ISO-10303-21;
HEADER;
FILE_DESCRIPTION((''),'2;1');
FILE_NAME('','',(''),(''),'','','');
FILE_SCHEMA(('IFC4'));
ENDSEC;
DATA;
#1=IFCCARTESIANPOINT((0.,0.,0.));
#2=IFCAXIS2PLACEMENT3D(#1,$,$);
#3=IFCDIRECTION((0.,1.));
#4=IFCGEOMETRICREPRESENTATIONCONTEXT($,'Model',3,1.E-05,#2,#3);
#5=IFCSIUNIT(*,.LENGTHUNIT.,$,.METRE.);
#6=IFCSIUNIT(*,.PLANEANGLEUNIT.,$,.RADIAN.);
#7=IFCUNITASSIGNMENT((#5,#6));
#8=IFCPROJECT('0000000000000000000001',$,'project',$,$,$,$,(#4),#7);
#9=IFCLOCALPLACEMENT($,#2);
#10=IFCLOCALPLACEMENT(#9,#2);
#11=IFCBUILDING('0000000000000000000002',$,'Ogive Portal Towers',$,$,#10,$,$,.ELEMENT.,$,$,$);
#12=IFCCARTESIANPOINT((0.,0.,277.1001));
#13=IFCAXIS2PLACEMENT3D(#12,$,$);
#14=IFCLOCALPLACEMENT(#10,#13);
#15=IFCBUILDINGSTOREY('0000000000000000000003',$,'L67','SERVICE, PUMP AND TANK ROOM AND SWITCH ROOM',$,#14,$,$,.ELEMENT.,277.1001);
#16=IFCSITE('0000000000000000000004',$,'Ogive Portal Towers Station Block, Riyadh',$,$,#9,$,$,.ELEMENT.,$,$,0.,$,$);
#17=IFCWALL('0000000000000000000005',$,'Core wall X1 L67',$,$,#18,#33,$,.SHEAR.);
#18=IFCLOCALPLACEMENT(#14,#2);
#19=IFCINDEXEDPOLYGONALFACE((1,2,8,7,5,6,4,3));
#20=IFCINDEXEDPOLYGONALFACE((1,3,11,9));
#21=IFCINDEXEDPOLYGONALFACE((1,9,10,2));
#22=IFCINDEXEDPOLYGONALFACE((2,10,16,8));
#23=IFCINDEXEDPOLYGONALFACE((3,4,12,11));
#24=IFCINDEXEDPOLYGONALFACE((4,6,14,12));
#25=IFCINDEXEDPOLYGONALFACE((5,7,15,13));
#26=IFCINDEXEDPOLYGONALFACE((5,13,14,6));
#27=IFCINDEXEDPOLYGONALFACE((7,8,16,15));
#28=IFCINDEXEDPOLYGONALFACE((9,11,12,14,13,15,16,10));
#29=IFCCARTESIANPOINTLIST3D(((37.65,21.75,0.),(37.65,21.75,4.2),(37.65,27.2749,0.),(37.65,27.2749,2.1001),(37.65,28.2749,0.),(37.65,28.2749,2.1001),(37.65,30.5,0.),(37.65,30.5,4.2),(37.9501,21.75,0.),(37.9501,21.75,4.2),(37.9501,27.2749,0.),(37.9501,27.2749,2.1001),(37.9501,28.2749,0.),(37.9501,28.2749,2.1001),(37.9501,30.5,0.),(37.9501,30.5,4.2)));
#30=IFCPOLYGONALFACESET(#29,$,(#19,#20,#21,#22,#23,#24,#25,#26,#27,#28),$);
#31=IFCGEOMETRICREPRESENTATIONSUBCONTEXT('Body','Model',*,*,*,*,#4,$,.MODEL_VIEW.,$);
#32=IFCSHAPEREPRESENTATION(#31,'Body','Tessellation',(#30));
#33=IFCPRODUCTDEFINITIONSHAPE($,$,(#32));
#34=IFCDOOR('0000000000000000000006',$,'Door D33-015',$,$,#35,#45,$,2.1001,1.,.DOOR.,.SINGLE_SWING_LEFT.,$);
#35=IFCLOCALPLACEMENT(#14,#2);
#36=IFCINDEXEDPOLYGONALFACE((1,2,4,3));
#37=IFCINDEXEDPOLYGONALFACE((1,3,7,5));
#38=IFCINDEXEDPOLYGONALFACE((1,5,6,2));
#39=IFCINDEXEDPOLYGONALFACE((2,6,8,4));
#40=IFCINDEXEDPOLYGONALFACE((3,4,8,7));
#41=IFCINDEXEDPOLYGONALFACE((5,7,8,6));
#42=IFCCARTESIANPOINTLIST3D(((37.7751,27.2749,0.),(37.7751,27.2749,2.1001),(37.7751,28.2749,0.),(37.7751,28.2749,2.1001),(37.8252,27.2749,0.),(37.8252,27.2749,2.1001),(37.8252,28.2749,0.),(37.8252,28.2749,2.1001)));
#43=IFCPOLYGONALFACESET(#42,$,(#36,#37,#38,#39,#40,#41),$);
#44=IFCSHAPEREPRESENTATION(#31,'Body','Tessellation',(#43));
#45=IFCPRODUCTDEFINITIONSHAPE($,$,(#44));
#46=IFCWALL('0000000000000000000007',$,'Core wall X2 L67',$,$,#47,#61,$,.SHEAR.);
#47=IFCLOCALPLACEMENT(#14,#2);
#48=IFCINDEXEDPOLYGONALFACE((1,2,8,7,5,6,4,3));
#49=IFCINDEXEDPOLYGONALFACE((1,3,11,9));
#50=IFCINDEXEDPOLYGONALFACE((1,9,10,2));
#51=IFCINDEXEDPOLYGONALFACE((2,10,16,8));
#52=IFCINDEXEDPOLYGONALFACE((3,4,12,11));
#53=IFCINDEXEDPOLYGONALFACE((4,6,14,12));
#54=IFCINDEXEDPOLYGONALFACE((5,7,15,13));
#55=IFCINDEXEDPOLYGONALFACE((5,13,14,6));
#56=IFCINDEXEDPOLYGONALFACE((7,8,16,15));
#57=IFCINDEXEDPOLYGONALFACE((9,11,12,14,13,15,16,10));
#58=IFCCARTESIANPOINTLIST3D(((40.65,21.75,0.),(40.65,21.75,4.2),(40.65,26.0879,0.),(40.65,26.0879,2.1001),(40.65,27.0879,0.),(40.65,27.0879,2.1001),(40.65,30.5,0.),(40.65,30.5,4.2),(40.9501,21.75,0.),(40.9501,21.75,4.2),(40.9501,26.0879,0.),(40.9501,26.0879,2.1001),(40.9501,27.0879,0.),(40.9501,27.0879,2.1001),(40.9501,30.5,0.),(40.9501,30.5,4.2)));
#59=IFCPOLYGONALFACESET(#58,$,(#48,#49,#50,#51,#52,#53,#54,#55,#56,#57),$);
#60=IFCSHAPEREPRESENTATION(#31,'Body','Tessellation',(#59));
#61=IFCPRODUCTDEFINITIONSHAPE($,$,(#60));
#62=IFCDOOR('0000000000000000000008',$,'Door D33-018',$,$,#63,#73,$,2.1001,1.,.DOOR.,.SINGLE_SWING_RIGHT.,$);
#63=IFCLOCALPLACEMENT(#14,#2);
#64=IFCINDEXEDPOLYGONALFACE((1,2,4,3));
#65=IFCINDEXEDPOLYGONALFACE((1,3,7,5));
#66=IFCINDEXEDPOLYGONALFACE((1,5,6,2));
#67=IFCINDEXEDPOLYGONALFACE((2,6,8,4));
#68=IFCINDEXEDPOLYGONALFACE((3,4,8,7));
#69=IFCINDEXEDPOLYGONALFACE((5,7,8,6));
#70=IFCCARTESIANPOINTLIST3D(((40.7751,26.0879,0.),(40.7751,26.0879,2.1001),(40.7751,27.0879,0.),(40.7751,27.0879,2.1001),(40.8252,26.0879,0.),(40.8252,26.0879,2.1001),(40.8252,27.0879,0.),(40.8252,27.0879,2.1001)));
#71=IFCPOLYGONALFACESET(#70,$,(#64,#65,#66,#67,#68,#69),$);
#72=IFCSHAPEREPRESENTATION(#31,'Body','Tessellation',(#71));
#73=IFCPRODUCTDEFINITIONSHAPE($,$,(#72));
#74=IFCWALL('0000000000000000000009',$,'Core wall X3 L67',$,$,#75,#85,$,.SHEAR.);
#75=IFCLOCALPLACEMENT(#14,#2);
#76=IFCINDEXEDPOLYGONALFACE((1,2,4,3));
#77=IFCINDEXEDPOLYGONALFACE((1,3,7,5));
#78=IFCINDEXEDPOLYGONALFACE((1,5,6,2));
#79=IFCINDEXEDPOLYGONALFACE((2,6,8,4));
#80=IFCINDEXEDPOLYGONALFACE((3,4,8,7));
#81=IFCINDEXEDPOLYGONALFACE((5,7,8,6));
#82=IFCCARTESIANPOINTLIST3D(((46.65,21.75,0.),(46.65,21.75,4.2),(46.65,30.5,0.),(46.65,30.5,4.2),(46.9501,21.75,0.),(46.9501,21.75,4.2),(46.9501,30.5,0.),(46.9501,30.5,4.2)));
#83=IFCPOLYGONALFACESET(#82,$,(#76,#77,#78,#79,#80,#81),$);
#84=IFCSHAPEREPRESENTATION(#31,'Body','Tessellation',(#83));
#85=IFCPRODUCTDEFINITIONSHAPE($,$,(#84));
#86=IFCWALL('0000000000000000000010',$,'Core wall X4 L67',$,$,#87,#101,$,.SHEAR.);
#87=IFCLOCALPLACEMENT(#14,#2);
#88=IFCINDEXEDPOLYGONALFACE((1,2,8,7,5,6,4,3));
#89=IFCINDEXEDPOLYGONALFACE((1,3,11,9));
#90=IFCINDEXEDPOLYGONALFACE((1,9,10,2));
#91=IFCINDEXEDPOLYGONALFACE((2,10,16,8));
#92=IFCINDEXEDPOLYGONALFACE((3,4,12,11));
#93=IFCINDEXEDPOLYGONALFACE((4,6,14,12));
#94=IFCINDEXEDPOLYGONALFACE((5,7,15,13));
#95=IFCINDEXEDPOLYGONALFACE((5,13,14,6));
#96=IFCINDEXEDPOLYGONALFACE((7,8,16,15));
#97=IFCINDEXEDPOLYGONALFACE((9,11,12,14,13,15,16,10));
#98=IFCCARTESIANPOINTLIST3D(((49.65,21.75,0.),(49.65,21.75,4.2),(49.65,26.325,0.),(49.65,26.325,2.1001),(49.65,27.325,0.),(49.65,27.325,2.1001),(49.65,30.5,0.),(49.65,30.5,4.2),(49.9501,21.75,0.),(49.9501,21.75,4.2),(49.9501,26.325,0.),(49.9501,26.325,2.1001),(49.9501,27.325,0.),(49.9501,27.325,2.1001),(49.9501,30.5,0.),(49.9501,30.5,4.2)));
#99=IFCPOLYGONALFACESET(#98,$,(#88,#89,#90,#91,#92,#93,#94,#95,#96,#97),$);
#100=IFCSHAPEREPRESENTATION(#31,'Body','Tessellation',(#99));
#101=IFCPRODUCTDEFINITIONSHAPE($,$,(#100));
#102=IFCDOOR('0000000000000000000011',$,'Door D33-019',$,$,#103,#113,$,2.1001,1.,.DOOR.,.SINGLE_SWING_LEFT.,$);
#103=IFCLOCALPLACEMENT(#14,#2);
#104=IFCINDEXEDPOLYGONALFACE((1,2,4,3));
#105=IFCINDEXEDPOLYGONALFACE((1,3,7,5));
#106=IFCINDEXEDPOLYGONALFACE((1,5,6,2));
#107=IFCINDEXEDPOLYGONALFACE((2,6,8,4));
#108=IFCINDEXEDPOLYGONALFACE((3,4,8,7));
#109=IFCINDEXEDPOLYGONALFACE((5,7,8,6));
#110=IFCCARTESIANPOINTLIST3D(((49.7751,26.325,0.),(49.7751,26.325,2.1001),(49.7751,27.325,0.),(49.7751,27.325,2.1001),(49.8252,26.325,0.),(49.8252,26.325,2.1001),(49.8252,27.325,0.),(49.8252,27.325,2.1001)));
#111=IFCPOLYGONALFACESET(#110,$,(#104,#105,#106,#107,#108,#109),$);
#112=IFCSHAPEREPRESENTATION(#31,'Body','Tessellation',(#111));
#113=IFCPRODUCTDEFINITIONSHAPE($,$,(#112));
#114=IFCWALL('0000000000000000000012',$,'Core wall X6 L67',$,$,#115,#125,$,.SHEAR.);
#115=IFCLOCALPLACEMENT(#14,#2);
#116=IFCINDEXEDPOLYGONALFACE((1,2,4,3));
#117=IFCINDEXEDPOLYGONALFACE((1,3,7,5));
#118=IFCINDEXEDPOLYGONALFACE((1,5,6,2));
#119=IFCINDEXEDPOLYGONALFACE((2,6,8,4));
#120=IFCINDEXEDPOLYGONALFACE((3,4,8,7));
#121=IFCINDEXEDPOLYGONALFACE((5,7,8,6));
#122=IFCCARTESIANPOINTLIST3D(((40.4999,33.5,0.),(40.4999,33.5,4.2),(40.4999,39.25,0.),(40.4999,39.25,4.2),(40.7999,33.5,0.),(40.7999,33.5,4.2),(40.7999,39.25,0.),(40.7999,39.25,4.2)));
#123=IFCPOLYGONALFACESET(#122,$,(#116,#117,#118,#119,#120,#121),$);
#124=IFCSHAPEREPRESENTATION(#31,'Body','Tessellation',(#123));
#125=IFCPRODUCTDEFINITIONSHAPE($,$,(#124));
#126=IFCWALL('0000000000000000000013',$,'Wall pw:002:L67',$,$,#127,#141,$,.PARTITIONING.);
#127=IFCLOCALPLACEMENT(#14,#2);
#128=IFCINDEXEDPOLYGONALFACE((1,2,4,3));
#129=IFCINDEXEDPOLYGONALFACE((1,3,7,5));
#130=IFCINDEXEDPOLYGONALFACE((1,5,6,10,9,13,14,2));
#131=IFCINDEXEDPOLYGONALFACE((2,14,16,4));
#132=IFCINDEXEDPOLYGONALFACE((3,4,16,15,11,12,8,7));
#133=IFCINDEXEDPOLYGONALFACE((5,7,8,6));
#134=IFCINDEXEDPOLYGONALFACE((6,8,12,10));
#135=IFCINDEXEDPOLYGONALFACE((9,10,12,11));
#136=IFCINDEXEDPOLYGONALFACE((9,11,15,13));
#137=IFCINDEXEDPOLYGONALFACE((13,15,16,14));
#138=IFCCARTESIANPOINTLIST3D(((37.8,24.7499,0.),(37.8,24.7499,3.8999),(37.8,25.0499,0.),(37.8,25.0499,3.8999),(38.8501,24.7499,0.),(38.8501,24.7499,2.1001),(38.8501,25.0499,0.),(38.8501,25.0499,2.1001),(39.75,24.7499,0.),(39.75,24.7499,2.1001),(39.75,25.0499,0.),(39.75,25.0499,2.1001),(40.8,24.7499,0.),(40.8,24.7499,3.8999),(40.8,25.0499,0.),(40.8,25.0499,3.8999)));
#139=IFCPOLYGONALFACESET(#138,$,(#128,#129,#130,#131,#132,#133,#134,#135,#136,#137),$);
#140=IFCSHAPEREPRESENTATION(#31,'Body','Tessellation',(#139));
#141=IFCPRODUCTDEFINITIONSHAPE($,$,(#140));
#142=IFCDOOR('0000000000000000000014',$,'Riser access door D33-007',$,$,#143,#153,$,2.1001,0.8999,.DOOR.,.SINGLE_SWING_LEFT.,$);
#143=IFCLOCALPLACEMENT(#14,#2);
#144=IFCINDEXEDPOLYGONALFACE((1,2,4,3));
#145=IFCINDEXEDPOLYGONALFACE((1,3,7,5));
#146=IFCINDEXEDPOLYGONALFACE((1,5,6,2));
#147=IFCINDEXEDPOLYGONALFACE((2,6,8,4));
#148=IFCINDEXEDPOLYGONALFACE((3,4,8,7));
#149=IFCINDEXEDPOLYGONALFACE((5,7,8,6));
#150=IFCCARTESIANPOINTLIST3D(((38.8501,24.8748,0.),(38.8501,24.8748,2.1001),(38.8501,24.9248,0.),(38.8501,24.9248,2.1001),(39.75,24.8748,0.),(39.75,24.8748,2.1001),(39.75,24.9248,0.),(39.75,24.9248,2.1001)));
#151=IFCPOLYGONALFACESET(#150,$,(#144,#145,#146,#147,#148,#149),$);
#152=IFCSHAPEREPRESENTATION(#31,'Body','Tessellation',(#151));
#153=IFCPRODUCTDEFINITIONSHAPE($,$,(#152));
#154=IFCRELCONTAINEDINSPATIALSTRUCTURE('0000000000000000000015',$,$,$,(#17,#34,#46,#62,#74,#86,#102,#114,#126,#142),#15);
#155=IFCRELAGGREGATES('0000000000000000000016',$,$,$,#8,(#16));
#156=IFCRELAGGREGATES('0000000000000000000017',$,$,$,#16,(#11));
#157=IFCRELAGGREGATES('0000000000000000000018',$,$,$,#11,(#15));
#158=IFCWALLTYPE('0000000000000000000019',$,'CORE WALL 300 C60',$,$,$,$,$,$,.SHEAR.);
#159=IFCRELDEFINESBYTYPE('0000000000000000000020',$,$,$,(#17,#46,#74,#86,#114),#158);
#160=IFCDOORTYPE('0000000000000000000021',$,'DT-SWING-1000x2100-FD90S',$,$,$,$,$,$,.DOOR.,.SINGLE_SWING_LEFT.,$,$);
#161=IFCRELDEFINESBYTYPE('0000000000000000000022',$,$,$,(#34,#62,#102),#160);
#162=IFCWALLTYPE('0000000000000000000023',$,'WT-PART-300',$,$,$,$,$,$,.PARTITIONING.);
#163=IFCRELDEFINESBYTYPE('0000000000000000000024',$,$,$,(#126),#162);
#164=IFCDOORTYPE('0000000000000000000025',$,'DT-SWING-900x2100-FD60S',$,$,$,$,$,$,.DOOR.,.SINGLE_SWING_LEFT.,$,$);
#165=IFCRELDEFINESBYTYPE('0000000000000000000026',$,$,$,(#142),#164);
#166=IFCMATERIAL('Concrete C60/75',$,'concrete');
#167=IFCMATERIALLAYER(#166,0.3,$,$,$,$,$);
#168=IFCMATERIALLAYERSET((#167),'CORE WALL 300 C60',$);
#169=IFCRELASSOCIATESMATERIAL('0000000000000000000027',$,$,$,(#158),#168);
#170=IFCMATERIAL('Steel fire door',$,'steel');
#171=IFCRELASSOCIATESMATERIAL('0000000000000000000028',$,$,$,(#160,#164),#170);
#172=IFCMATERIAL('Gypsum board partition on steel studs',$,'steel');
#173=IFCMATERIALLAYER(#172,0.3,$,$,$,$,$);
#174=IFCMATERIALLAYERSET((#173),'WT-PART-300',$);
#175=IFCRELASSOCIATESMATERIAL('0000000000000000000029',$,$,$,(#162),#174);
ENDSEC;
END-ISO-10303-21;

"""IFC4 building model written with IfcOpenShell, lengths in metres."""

from ifc_helpers import new_model, si_unit, direction, frame, frame_2d, origin, place, context, subcontext, project, spatial, rectangle, extrude, material, layer, layer_set, type_object, element, fill, save


model = new_model("IFC4")

# Units and contexts
model_context = context("Model", 3, precision=1e-05, world=origin(), true_north=direction((0.0, 1.0)))
body_context = subcontext(model_context, "Body", "Model", "MODEL_VIEW")
ifc_project = project(units=[si_unit("LENGTHUNIT", "METRE"), si_unit("PLANEANGLEUNIT", "RADIAN")], contexts=[model_context])

# Site, building, storey
site_placement = place(None, origin())
site = spatial("IfcSite", under=ifc_project, at=site_placement, Name="Ogive Portal Towers Station Block, Riyadh", CompositionType="ELEMENT", RefElevation=0.0)
building_placement = place(site_placement, origin())
building = spatial("IfcBuilding", under=site, at=building_placement, Name="Ogive Portal Towers", CompositionType="ELEMENT")
storey_placement = place(building_placement, frame((0.0, 0.0, 277.1001)))
storey = spatial("IfcBuildingStorey", under=building, at=storey_placement, Name="L67", Description="SERVICE, PUMP AND TANK ROOM AND SWITCH ROOM", CompositionType="ELEMENT", Elevation=277.1001)

# Walls, openings, doors
ifc_material_1 = material(Name="Concrete C60/75", Category="concrete")
ifc_layer_1 = layer(ifc_material_1, 0.3)
ifc_layer_set_1 = layer_set([ifc_layer_1], Name="CORE WALL 300 C60")
wall_type_1 = type_object("IfcWallType", Name="CORE WALL 300 C60", PredefinedType="SHEAR", material=ifc_layer_set_1)
wall_1_placement = place(storey_placement, frame((37.8, 21.75, 0.0), z_axis=(0.0, 0.0, 1.0), x_axis=(0.0, 1.0, 0.0)))
wall_1 = element("IfcWall", 1, at=wall_1_placement, inside=storey, type_object=wall_type_1, Name="Core wall X1 L67", PredefinedType="SHEAR", context=body_context, shape_type="SweptSolid", body=[
    extrude(rectangle(XDim=8.75, YDim=0.3, at=frame_2d((4.375, 0.0))), origin(), (0.0, 0.0, 1.0), 4.2),
])
opening_1_placement = place(wall_1_placement, frame((5.5249, 0.0, 0.0)))
opening_1 = element("IfcOpeningElement", 2, at=opening_1_placement, cuts=wall_1, PredefinedType="OPENING", context=body_context, shape_type="SweptSolid", body=[
    extrude(rectangle(XDim=1.0, YDim=2.1001, at=frame_2d((0.5, 1.05))), frame((0.0, 0.1602, 0.0), z_axis=(0.0, -1.0, 0.0), x_axis=(1.0, 0.0, 0.0)), (0.0, 0.0, 1.0), 0.3201),
])
ifc_material_2 = material(Name="Steel fire door", Category="steel")
door_type_1 = type_object("IfcDoorType", Name="DT-SWING-1000x2100-FD90S", OperationType="SINGLE_SWING_LEFT", PredefinedType="DOOR", material=ifc_material_2)
door_1_placement = place(opening_1_placement, origin())
door_1 = element("IfcDoor", 3, at=door_1_placement, inside=storey, type_object=door_type_1, Name="Door D33-015", OperationType="SINGLE_SWING_LEFT", OverallHeight=2.1001, OverallWidth=1.0, PredefinedType="DOOR", context=body_context, shape_type="SweptSolid", body=[
    extrude(rectangle(XDim=1.0, YDim=2.1001, at=frame_2d((0.5, 1.05))), frame((0.0, 0.0249, 0.0), z_axis=(0.0, -1.0, 0.0), x_axis=(1.0, 0.0, 0.0)), (0.0, 0.0, 1.0), 0.05),
])
fill(opening_1, door_1)
wall_2_placement = place(storey_placement, frame((40.8, 21.75, 0.0), z_axis=(0.0, 0.0, 1.0), x_axis=(0.0, 1.0, 0.0)))
wall_2 = element("IfcWall", 4, at=wall_2_placement, inside=storey, type_object=wall_type_1, Name="Core wall X2 L67", PredefinedType="SHEAR", context=body_context, shape_type="SweptSolid", body=[
    extrude(rectangle(XDim=8.75, YDim=0.3, at=frame_2d((4.375, 0.0))), origin(), (0.0, 0.0, 1.0), 4.2),
])
opening_2_placement = place(wall_2_placement, frame((4.3379, 0.0, 0.0)))
opening_2 = element("IfcOpeningElement", 5, at=opening_2_placement, cuts=wall_2, PredefinedType="OPENING", context=body_context, shape_type="SweptSolid", body=[
    extrude(rectangle(XDim=1.0, YDim=2.1001, at=frame_2d((0.5, 1.05))), frame((0.0, 0.1602, 0.0), z_axis=(0.0, -1.0, 0.0), x_axis=(1.0, 0.0, 0.0)), (0.0, 0.0, 1.0), 0.3201),
])
door_2_placement = place(opening_2_placement, origin())
door_2 = element("IfcDoor", 6, at=door_2_placement, inside=storey, type_object=door_type_1, Name="Door D33-018", OperationType="SINGLE_SWING_RIGHT", OverallHeight=2.1001, OverallWidth=1.0, PredefinedType="DOOR", context=body_context, shape_type="SweptSolid", body=[
    extrude(rectangle(XDim=1.0, YDim=2.1001, at=frame_2d((0.5, 1.05))), frame((0.0, 0.0249, 0.0), z_axis=(0.0, -1.0, 0.0), x_axis=(1.0, 0.0, 0.0)), (0.0, 0.0, 1.0), 0.05),
])
fill(opening_2, door_2)

# Wall
wall_3_placement = place(storey_placement, frame((46.8, 21.75, 0.0), z_axis=(0.0, 0.0, 1.0), x_axis=(0.0, 1.0, 0.0)))
element("IfcWall", 7, at=wall_3_placement, inside=storey, type_object=wall_type_1, Name="Core wall X3 L67", PredefinedType="SHEAR", context=body_context, shape_type="SweptSolid", body=[
    extrude(rectangle(XDim=8.75, YDim=0.3, at=frame_2d((4.375, 0.0))), origin(), (0.0, 0.0, 1.0), 4.2),
])

# Wall, opening, door
wall_4_placement = place(storey_placement, frame((49.8, 21.75, 0.0), z_axis=(0.0, 0.0, 1.0), x_axis=(0.0, 1.0, 0.0)))
wall_4 = element("IfcWall", 8, at=wall_4_placement, inside=storey, type_object=wall_type_1, Name="Core wall X4 L67", PredefinedType="SHEAR", context=body_context, shape_type="SweptSolid", body=[
    extrude(rectangle(XDim=8.75, YDim=0.3, at=frame_2d((4.375, 0.0))), origin(), (0.0, 0.0, 1.0), 4.2),
])
opening_3_placement = place(wall_4_placement, frame((4.575, 0.0, 0.0)))
opening_3 = element("IfcOpeningElement", 9, at=opening_3_placement, cuts=wall_4, PredefinedType="OPENING", context=body_context, shape_type="SweptSolid", body=[
    extrude(rectangle(XDim=1.0, YDim=2.1001, at=frame_2d((0.5, 1.05))), frame((0.0, 0.1602, 0.0), z_axis=(0.0, -1.0, 0.0), x_axis=(1.0, 0.0, 0.0)), (0.0, 0.0, 1.0), 0.3201),
])
door_3_placement = place(opening_3_placement, origin())
door_3 = element("IfcDoor", 10, at=door_3_placement, inside=storey, type_object=door_type_1, Name="Door D33-019", OperationType="SINGLE_SWING_LEFT", OverallHeight=2.1001, OverallWidth=1.0, PredefinedType="DOOR", context=body_context, shape_type="SweptSolid", body=[
    extrude(rectangle(XDim=1.0, YDim=2.1001, at=frame_2d((0.5, 1.05))), frame((0.0, 0.0249, 0.0), z_axis=(0.0, -1.0, 0.0), x_axis=(1.0, 0.0, 0.0)), (0.0, 0.0, 1.0), 0.05),
])
fill(opening_3, door_3)

# Wall
wall_5_placement = place(storey_placement, frame((40.6499, 33.5, 0.0), z_axis=(0.0, 0.0, 1.0), x_axis=(0.0, 1.0, 0.0)))
element("IfcWall", 11, at=wall_5_placement, inside=storey, type_object=wall_type_1, Name="Core wall X6 L67", PredefinedType="SHEAR", context=body_context, shape_type="SweptSolid", body=[
    extrude(rectangle(XDim=5.75, YDim=0.3, at=frame_2d((2.875, 0.0))), origin(), (0.0, 0.0, 1.0), 4.2),
])

# Wall, opening, door
ifc_material_3 = material(Name="Gypsum board partition on steel studs", Category="steel")
ifc_layer_2 = layer(ifc_material_3, 0.3)
ifc_layer_set_2 = layer_set([ifc_layer_2], Name="WT-PART-300")
wall_type_2 = type_object("IfcWallType", Name="WT-PART-300", PredefinedType="PARTITIONING", material=ifc_layer_set_2)
wall_6_placement = place(storey_placement, frame((37.8, 24.8999, 0.0), z_axis=(0.0, 0.0, 1.0), x_axis=(1.0, 0.0, 0.0)))
wall_6 = element("IfcWall", 12, at=wall_6_placement, inside=storey, type_object=wall_type_2, Name="Wall pw:002:L67", PredefinedType="PARTITIONING", context=body_context, shape_type="SweptSolid", body=[
    extrude(rectangle(XDim=3.0, YDim=0.3, at=frame_2d((1.5, 0.0))), origin(), (0.0, 0.0, 1.0), 3.8999),
])
opening_4_placement = place(wall_6_placement, frame((1.05, 0.0, 0.0)))
opening_4 = element("IfcOpeningElement", 13, at=opening_4_placement, cuts=wall_6, PredefinedType="OPENING", context=body_context, shape_type="SweptSolid", body=[
    extrude(rectangle(XDim=0.8999, YDim=2.1001, at=frame_2d((0.45, 1.05))), frame((0.0, 0.1602, 0.0), z_axis=(0.0, -1.0, 0.0), x_axis=(1.0, 0.0, 0.0)), (0.0, 0.0, 1.0), 0.3201),
])
door_type_2 = type_object("IfcDoorType", Name="DT-SWING-900x2100-FD60S", OperationType="SINGLE_SWING_LEFT", PredefinedType="DOOR", material=ifc_material_2)
door_4_placement = place(opening_4_placement, origin())
door_4 = element("IfcDoor", 14, at=door_4_placement, inside=storey, type_object=door_type_2, Name="Riser access door D33-007", OperationType="SINGLE_SWING_LEFT", OverallHeight=2.1001, OverallWidth=0.8999, PredefinedType="DOOR", context=body_context, shape_type="SweptSolid", body=[
    extrude(rectangle(XDim=0.8999, YDim=2.1001, at=frame_2d((0.45, 1.05))), frame((0.0, 0.0249, 0.0), z_axis=(0.0, -1.0, 0.0), x_axis=(1.0, 0.0, 0.0)), (0.0, 0.0, 1.0), 0.05),
])
fill(opening_4, door_4)

save(model, "model.ifc")
